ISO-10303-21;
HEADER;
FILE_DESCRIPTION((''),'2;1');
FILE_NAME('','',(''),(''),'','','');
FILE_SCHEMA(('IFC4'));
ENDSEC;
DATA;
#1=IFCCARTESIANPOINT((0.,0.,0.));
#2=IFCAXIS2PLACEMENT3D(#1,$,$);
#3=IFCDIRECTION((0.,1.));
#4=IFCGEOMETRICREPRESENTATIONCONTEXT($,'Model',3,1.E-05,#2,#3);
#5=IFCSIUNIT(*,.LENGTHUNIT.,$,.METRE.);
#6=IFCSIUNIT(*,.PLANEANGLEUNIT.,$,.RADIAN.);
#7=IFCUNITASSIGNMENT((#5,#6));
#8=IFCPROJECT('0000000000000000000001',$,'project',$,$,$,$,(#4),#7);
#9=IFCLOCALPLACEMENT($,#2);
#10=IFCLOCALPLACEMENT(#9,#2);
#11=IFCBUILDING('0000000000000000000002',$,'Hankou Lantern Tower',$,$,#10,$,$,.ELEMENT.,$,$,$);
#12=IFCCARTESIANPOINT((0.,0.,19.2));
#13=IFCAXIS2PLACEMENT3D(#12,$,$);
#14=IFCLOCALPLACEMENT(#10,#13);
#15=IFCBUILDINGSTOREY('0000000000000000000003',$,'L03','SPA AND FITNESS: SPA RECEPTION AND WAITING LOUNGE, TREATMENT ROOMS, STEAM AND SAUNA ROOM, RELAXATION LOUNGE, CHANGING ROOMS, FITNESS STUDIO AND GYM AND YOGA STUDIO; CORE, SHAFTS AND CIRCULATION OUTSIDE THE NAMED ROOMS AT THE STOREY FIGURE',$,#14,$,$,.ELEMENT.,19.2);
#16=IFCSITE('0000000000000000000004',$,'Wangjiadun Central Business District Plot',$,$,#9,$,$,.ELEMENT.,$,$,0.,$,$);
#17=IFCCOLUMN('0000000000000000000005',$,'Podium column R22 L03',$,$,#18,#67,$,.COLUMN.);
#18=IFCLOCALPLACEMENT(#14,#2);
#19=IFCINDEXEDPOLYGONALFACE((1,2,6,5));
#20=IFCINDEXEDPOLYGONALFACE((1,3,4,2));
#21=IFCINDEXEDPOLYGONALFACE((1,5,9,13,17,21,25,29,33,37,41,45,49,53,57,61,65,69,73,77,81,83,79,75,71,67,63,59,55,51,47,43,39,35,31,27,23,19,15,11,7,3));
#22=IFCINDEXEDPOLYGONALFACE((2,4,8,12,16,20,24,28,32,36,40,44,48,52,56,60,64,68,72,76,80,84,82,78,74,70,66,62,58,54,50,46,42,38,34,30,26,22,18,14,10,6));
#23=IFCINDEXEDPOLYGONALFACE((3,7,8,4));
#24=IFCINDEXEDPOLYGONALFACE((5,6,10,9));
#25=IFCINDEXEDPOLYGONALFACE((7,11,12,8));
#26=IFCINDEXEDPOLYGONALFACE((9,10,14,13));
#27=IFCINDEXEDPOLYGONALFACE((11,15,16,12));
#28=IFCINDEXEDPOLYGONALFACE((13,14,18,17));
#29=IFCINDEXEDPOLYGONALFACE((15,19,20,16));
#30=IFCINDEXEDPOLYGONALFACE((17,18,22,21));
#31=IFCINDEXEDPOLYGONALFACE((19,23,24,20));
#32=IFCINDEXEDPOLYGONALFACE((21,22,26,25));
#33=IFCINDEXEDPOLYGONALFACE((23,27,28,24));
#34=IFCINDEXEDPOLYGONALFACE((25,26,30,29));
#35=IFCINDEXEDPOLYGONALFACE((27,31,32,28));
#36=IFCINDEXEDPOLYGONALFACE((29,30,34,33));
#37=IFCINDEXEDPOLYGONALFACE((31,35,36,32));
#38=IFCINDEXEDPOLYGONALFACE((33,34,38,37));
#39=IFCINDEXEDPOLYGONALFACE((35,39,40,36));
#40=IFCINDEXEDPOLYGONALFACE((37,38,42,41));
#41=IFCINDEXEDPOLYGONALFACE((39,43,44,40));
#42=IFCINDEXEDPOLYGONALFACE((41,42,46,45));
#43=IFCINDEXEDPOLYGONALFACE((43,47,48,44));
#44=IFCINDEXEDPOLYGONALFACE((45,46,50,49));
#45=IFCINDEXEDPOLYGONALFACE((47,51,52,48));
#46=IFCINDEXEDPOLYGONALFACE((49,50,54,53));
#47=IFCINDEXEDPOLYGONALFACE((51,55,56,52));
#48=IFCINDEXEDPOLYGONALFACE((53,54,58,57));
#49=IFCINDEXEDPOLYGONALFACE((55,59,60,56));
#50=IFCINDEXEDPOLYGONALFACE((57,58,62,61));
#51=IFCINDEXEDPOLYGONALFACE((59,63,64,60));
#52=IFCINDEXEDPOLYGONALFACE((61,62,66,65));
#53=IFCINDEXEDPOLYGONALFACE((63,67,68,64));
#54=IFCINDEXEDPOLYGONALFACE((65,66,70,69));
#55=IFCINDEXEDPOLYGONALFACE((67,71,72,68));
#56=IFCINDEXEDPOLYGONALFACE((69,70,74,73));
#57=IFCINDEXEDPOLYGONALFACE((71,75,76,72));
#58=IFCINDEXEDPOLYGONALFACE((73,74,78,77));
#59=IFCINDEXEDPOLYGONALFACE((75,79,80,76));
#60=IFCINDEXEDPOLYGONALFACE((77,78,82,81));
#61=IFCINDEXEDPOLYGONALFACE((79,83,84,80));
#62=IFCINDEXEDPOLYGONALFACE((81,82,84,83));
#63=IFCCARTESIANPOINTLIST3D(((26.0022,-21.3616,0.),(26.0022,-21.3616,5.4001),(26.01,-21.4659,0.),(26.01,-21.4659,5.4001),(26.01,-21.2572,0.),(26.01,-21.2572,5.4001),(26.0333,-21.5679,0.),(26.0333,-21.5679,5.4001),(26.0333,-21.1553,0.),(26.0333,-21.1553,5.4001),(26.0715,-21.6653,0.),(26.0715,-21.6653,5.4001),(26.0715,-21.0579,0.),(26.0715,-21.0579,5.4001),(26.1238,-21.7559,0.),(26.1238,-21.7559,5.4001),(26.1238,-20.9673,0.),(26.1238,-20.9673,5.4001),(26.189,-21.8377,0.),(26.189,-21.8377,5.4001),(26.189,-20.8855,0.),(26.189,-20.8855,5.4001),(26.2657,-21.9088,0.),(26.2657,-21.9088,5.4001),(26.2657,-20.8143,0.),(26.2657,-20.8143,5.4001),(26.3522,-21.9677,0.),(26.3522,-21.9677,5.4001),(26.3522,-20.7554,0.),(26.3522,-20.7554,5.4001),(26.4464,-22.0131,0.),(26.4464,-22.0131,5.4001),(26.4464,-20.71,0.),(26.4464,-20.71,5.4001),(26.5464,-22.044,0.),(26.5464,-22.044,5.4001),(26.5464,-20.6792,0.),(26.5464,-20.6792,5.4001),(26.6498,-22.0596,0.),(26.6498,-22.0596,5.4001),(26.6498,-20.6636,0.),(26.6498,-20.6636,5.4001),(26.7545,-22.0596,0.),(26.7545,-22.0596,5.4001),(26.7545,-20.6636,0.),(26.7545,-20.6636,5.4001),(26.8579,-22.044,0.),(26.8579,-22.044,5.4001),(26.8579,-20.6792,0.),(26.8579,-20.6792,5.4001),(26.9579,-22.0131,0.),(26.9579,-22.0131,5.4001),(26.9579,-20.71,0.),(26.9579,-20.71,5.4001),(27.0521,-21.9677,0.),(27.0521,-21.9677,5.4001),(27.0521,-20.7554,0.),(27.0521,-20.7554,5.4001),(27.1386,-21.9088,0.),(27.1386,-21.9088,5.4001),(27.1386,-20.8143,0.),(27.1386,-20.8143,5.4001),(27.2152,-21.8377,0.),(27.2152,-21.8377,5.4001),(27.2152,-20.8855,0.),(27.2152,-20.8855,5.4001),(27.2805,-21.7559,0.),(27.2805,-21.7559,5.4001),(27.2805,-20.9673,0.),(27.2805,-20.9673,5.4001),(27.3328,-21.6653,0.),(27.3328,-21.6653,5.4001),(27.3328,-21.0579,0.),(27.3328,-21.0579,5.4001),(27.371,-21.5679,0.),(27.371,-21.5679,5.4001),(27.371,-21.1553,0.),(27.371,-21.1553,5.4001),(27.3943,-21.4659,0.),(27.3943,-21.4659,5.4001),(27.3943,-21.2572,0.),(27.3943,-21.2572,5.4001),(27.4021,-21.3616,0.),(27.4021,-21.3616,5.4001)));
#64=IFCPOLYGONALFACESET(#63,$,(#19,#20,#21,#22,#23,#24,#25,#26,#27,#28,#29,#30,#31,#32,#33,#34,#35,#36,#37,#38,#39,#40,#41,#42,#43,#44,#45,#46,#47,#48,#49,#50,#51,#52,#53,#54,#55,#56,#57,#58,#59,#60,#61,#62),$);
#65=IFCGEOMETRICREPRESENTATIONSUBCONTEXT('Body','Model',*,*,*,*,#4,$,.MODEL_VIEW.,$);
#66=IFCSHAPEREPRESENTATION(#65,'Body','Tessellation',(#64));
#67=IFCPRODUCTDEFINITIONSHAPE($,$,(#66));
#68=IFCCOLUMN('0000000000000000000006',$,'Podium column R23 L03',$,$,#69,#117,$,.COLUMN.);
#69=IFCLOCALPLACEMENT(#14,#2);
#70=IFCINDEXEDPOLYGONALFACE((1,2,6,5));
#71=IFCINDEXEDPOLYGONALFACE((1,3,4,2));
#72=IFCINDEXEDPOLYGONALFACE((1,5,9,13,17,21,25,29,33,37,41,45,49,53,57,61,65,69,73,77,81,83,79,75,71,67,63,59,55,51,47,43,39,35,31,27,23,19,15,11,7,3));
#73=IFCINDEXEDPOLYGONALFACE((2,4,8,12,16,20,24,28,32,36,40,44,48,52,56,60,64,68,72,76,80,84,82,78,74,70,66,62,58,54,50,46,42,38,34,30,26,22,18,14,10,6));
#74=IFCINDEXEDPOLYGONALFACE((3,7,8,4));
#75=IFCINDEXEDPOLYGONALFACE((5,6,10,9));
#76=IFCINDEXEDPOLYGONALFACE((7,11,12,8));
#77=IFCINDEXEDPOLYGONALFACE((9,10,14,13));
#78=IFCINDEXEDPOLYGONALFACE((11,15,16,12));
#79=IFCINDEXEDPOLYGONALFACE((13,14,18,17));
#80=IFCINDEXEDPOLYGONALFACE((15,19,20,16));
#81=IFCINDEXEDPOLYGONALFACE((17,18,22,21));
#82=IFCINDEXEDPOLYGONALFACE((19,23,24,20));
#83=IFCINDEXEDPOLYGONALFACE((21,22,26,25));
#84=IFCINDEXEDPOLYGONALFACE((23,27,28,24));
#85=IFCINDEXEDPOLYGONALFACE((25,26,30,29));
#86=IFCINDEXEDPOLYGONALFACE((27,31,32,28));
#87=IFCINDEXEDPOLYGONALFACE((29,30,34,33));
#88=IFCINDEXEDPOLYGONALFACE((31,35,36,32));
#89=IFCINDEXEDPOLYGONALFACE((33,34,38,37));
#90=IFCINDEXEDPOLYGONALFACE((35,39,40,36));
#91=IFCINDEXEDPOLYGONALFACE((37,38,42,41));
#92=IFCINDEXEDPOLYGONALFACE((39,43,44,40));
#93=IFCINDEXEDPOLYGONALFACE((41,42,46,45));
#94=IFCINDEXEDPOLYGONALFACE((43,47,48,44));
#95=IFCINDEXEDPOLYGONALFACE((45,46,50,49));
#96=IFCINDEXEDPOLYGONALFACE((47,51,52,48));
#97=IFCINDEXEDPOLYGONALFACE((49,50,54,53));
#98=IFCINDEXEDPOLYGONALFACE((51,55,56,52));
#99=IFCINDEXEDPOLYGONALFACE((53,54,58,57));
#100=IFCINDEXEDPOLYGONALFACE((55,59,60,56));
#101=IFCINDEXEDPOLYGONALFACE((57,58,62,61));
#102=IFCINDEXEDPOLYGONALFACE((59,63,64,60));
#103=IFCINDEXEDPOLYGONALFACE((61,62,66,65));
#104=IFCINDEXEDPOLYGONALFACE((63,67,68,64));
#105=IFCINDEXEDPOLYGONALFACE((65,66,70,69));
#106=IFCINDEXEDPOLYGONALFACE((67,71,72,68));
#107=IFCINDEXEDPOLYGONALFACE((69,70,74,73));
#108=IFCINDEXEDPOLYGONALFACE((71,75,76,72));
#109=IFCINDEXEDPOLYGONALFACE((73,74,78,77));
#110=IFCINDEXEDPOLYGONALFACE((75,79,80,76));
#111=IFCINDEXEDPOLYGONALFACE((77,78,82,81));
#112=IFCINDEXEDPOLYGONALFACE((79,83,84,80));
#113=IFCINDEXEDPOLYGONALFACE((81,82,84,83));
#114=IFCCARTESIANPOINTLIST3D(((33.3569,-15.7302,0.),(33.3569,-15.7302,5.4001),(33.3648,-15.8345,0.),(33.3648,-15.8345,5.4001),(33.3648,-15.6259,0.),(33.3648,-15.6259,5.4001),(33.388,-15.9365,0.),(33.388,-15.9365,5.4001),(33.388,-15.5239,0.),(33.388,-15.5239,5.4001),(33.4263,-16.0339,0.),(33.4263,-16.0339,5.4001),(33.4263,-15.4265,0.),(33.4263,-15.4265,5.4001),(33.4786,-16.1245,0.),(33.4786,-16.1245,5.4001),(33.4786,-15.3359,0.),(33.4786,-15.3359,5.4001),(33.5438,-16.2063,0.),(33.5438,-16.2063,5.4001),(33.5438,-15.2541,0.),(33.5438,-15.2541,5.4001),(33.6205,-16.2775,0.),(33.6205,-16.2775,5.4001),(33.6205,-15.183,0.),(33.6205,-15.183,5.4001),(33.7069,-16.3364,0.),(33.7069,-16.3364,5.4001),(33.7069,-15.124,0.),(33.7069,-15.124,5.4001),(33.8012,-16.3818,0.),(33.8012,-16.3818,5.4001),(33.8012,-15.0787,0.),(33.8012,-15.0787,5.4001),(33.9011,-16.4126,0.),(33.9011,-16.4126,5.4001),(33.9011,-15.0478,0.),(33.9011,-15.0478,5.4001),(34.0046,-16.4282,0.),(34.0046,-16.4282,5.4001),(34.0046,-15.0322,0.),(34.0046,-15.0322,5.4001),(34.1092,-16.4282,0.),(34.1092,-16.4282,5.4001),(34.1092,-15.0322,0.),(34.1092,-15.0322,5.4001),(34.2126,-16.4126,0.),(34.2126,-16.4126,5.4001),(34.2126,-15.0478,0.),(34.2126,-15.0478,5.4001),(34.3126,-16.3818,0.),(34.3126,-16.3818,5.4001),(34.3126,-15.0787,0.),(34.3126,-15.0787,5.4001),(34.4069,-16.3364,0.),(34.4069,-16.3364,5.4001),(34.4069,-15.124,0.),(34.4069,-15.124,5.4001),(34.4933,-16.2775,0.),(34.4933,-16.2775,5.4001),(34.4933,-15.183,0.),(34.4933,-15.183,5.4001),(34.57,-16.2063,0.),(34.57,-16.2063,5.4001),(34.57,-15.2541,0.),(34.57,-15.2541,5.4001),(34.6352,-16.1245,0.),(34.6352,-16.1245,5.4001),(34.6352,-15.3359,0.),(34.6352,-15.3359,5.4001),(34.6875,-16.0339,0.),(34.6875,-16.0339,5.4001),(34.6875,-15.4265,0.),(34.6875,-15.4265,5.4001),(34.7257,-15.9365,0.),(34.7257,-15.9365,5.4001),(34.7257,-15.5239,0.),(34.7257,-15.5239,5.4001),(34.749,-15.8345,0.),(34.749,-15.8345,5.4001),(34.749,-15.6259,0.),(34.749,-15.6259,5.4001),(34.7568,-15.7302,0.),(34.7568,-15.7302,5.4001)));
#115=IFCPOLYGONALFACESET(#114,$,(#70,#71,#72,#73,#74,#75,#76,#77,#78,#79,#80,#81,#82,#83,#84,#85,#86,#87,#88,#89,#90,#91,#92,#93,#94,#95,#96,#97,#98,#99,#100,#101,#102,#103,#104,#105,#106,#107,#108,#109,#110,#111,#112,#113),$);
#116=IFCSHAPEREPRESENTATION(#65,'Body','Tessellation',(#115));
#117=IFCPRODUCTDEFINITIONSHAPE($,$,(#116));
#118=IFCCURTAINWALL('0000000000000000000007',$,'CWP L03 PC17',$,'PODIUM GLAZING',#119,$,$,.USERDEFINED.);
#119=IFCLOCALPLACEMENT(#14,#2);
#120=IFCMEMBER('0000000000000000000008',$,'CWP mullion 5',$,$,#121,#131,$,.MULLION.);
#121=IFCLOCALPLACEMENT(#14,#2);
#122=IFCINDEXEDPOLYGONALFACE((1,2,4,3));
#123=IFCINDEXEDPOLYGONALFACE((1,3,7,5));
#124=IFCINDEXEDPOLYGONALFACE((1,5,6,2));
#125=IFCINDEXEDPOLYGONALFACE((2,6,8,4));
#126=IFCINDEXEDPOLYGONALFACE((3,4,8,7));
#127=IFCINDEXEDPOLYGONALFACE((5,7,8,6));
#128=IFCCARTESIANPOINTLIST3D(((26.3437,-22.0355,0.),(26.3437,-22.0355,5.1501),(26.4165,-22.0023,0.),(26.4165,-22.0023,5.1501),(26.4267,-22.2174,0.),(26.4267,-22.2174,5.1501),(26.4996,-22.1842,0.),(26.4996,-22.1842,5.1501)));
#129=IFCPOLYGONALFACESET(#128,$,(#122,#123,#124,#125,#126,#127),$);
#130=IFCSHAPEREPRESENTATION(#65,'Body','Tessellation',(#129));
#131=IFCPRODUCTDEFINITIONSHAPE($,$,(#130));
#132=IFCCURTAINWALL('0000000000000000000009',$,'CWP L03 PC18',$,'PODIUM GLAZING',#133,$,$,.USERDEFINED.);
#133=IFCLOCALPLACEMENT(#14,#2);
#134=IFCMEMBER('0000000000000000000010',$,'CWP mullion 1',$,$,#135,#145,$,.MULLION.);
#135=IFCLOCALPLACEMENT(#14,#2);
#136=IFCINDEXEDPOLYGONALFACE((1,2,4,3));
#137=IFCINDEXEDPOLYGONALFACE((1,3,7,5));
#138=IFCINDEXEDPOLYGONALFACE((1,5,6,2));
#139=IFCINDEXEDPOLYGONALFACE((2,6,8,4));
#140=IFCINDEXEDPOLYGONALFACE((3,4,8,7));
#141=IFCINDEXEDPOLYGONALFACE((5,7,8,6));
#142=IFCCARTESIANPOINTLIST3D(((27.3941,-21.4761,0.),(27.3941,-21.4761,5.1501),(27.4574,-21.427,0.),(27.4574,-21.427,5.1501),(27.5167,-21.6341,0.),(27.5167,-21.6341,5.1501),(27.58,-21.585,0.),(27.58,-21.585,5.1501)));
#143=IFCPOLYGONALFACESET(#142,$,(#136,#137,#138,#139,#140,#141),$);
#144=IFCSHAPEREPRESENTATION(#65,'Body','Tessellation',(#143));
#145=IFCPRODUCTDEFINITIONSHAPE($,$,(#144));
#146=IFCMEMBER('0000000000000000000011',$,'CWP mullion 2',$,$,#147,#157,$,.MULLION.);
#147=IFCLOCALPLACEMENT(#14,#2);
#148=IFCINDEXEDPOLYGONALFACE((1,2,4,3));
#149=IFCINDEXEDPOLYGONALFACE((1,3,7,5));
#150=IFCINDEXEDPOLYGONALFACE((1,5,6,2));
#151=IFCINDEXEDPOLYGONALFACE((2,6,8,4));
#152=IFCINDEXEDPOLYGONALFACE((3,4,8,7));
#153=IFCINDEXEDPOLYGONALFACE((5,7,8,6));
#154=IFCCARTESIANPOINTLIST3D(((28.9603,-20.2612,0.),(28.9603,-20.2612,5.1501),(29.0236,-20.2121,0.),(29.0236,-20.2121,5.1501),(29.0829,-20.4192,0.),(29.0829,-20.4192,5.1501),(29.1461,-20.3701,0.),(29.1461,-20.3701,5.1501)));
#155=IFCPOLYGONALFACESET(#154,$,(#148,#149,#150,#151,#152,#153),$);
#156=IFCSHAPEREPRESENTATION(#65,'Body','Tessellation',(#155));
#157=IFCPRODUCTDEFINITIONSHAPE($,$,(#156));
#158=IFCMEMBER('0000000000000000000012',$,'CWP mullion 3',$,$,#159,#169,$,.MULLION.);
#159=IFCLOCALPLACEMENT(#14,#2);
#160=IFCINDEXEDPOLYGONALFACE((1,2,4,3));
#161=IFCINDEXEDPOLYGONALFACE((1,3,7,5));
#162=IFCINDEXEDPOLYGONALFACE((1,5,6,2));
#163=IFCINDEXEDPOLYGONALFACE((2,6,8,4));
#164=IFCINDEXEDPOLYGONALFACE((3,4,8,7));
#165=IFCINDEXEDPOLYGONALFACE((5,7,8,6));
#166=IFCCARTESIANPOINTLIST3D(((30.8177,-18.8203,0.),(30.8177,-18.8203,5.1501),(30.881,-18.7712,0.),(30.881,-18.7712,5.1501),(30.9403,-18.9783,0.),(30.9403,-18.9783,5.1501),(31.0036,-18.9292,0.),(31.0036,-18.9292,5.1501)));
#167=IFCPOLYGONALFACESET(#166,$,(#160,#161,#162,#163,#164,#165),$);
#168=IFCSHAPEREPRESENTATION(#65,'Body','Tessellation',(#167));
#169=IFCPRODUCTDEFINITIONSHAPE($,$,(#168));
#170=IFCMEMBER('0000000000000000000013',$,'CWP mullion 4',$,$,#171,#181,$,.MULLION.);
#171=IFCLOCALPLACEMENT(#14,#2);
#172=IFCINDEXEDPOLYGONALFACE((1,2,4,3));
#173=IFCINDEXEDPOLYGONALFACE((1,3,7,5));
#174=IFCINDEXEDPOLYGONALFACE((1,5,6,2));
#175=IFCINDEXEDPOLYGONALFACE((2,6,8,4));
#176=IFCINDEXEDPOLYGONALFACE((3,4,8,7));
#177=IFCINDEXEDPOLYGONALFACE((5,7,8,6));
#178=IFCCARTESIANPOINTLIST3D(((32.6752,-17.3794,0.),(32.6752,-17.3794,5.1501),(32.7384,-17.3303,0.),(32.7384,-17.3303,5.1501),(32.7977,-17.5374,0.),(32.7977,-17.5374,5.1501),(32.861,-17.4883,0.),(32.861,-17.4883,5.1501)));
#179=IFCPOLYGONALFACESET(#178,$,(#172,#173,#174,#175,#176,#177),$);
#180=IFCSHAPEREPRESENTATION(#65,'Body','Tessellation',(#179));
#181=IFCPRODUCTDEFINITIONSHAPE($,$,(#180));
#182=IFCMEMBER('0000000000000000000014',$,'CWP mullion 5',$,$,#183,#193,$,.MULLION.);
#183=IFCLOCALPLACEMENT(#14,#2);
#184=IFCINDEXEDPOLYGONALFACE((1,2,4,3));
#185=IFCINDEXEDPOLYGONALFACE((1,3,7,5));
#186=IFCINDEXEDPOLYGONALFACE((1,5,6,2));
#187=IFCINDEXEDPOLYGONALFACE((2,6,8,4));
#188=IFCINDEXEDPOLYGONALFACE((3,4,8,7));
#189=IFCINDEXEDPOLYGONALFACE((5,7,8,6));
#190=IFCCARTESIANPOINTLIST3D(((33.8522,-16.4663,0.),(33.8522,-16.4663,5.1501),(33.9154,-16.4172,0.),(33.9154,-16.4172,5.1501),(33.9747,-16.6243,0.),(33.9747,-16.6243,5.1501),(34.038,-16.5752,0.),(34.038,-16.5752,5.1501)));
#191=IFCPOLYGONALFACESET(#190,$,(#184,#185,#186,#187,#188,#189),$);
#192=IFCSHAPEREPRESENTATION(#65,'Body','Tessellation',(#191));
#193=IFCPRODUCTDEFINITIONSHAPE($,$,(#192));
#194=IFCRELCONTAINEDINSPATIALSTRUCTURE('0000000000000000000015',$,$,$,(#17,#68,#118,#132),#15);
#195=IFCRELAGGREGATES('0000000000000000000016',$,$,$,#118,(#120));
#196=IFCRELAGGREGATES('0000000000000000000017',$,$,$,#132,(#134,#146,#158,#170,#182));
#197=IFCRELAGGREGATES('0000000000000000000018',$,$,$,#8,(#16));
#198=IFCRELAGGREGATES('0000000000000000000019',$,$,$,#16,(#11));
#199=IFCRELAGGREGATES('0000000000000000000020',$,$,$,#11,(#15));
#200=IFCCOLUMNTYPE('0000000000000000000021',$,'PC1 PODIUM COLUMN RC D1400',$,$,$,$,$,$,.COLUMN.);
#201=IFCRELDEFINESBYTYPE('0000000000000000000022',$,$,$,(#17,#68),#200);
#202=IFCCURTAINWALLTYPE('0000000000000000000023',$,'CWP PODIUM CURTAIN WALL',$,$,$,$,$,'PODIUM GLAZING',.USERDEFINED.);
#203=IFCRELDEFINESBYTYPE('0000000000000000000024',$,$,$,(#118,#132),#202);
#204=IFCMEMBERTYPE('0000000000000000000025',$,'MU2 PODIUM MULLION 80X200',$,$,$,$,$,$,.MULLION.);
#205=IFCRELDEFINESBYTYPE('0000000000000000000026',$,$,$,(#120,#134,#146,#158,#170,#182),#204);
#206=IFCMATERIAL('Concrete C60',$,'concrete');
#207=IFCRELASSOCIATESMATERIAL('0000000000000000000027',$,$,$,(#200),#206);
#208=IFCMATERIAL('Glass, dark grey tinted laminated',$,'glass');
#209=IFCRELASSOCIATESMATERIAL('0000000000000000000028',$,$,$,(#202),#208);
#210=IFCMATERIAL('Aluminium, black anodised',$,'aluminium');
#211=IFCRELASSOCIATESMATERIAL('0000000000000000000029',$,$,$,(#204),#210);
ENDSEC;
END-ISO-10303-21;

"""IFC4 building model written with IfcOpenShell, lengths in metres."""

from ifc_helpers import new_model, si_unit, direction, frame, origin, origin_2d, place, context, subcontext, project, spatial, rectangle, circle, extrude, material, material_profile, profile_set, type_object, element, aggregate, save


model = new_model("IFC4")

# Units and contexts
model_context = context("Model", 3, precision=1e-05, world=origin(), true_north=direction((0.0, 1.0)))
body_context = subcontext(model_context, "Body", "Model", "MODEL_VIEW")
ifc_project = project(units=[si_unit("LENGTHUNIT", "METRE"), si_unit("PLANEANGLEUNIT", "RADIAN")], contexts=[model_context])

# Site, building, storey
site_placement = place(None, origin())
site = spatial("IfcSite", under=ifc_project, at=site_placement, Name="Wangjiadun Central Business District Plot", CompositionType="ELEMENT", RefElevation=0.0)
building_placement = place(site_placement, origin())
building = spatial("IfcBuilding", under=site, at=building_placement, Name="Hankou Lantern Tower", CompositionType="ELEMENT")
storey_placement = place(building_placement, frame((0.0, 0.0, 19.2)))
storey = spatial("IfcBuildingStorey", under=building, at=storey_placement, Name="L03", Description="SPA AND FITNESS: SPA RECEPTION AND WAITING LOUNGE, TREATMENT ROOMS, STEAM AND SAUNA ROOM, RELAXATION LOUNGE, CHANGING ROOMS, FITNESS STUDIO AND GYM AND YOGA STUDIO; CORE, SHAFTS AND CIRCULATION OUTSIDE THE NAMED ROOMS AT THE STOREY FIGURE", CompositionType="ELEMENT", Elevation=19.2)

# Columns
ifc_material_1 = material(Name="Concrete C60", Category="concrete")
ifc_material_profile_1 = material_profile(ifc_material_1, circle(Radius=0.7, at=origin_2d()), Name="RC D1400")
ifc_profile_set_1 = profile_set([ifc_material_profile_1], Name="Concrete C60")
column_type = type_object("IfcColumnType", Name="PC1 PODIUM COLUMN RC D1400", PredefinedType="COLUMN", material=ifc_profile_set_1)
for number, where, z_axis, x_axis, name in (
    (1, (26.7021, -21.3616, 0.0), (0.0, 0.0, 1.0), (1.0, 0.0, 0.0), "Podium column R22 L03"),
    (2, (34.0569, -15.7302, 0.0), (0.0, 0.0, 1.0), (1.0, 0.0, 0.0), "Podium column R23 L03"),
):
    element("IfcColumn", number, at=place(storey_placement, frame(where, z_axis=z_axis, x_axis=x_axis)), inside=storey, type_object=column_type, Name=name, PredefinedType="COLUMN", context=body_context, shape_type="SweptSolid", body=[
        extrude(circle(Radius=0.7, at=origin_2d()), origin(), (0.0, 0.0, 1.0), 5.4001),
    ])

# Curtain wall, member
ifc_material_2 = material(Name="Glass, dark grey tinted laminated", Category="glass")
curtain_wall_type = type_object("IfcCurtainWallType", Name="CWP PODIUM CURTAIN WALL", ElementType="PODIUM GLAZING", PredefinedType="USERDEFINED", material=ifc_material_2)
curtain_wall_1_placement = place(storey_placement, origin())
curtain_wall_1 = element("IfcCurtainWall", 3, at=curtain_wall_1_placement, inside=storey, type_object=curtain_wall_type, Name="CWP L03 PC17", ObjectType="PODIUM GLAZING", PredefinedType="USERDEFINED")
ifc_material_3 = material(Name="Aluminium, black anodised", Category="aluminium")
ifc_material_profile_2 = material_profile(ifc_material_3, rectangle(XDim=0.0801, YDim=0.2, at=origin_2d()), Name="MU2 80X200")
ifc_profile_set_2 = profile_set([ifc_material_profile_2], Name="Aluminium, black anodised")
member_type_1 = type_object("IfcMemberType", Name="MU2 PODIUM MULLION 80X200", PredefinedType="MULLION", material=ifc_profile_set_2)
member_1_placement = place(storey_placement, frame((26.4216, -22.1099, 0.0), z_axis=(0.0, 0.0, 1.0), x_axis=(0.90967, 0.415332, 0.0)))
member_1 = element("IfcMember", 4, at=member_1_placement, type_object=member_type_1, Name="CWP mullion 5", PredefinedType="MULLION", context=body_context, shape_type="SweptSolid", body=[
    extrude(rectangle(XDim=0.0801, YDim=0.2, at=origin_2d()), origin(), (0.0, 0.0, 1.0), 5.1501),
])

# Curtain wall, members
curtain_wall_2_placement = place(storey_placement, origin())
curtain_wall_2 = element("IfcCurtainWall", 5, at=curtain_wall_2_placement, inside=storey, type_object=curtain_wall_type, Name="CWP L03 PC18", ObjectType="PODIUM GLAZING", PredefinedType="USERDEFINED")
member_2_placement = place(storey_placement, frame((27.4871, -21.5305, 0.0), z_axis=(0.0, 0.0, 1.0), x_axis=(0.79013, 0.61294, 0.0)))
member_2 = element("IfcMember", 6, at=member_2_placement, type_object=member_type_1, Name="CWP mullion 1", PredefinedType="MULLION", context=body_context, shape_type="SweptSolid", body=[
    extrude(rectangle(XDim=0.0801, YDim=0.2, at=origin_2d()), origin(), (0.0, 0.0, 1.0), 5.1501),
])
member_3_placement = place(storey_placement, frame((29.0532, -20.3157, 0.0), z_axis=(0.0, 0.0, 1.0), x_axis=(0.79013, 0.61294, 0.0)))
member_3 = element("IfcMember", 7, at=member_3_placement, type_object=member_type_1, Name="CWP mullion 2", PredefinedType="MULLION", context=body_context, shape_type="SweptSolid", body=[
    extrude(rectangle(XDim=0.0801, YDim=0.2, at=origin_2d()), origin(), (0.0, 0.0, 1.0), 5.1501),
])
member_4_placement = place(storey_placement, frame((30.9106, -18.8748, 0.0), z_axis=(0.0, 0.0, 1.0), x_axis=(0.79013, 0.61294, 0.0)))
member_4 = element("IfcMember", 8, at=member_4_placement, type_object=member_type_1, Name="CWP mullion 3", PredefinedType="MULLION", context=body_context, shape_type="SweptSolid", body=[
    extrude(rectangle(XDim=0.0801, YDim=0.2, at=origin_2d()), origin(), (0.0, 0.0, 1.0), 5.1501),
])
member_5_placement = place(storey_placement, frame((32.7681, -17.4338, 0.0), z_axis=(0.0, 0.0, 1.0), x_axis=(0.79013, 0.61294, 0.0)))
member_5 = element("IfcMember", 9, at=member_5_placement, type_object=member_type_1, Name="CWP mullion 4", PredefinedType="MULLION", context=body_context, shape_type="SweptSolid", body=[
    extrude(rectangle(XDim=0.0801, YDim=0.2, at=origin_2d()), origin(), (0.0, 0.0, 1.0), 5.1501),
])
member_6_placement = place(storey_placement, frame((33.9451, -16.5208, 0.0), z_axis=(0.0, 0.0, 1.0), x_axis=(0.79013, 0.61294, 0.0)))
member_6 = element("IfcMember", 10, at=member_6_placement, type_object=member_type_1, Name="CWP mullion 5", PredefinedType="MULLION", context=body_context, shape_type="SweptSolid", body=[
    extrude(rectangle(XDim=0.0801, YDim=0.2, at=origin_2d()), origin(), (0.0, 0.0, 1.0), 5.1501),
])

aggregate(curtain_wall_1, [member_1])
aggregate(curtain_wall_2, [member_2, member_3, member_4, member_5, member_6])

save(model, "model.ifc")
